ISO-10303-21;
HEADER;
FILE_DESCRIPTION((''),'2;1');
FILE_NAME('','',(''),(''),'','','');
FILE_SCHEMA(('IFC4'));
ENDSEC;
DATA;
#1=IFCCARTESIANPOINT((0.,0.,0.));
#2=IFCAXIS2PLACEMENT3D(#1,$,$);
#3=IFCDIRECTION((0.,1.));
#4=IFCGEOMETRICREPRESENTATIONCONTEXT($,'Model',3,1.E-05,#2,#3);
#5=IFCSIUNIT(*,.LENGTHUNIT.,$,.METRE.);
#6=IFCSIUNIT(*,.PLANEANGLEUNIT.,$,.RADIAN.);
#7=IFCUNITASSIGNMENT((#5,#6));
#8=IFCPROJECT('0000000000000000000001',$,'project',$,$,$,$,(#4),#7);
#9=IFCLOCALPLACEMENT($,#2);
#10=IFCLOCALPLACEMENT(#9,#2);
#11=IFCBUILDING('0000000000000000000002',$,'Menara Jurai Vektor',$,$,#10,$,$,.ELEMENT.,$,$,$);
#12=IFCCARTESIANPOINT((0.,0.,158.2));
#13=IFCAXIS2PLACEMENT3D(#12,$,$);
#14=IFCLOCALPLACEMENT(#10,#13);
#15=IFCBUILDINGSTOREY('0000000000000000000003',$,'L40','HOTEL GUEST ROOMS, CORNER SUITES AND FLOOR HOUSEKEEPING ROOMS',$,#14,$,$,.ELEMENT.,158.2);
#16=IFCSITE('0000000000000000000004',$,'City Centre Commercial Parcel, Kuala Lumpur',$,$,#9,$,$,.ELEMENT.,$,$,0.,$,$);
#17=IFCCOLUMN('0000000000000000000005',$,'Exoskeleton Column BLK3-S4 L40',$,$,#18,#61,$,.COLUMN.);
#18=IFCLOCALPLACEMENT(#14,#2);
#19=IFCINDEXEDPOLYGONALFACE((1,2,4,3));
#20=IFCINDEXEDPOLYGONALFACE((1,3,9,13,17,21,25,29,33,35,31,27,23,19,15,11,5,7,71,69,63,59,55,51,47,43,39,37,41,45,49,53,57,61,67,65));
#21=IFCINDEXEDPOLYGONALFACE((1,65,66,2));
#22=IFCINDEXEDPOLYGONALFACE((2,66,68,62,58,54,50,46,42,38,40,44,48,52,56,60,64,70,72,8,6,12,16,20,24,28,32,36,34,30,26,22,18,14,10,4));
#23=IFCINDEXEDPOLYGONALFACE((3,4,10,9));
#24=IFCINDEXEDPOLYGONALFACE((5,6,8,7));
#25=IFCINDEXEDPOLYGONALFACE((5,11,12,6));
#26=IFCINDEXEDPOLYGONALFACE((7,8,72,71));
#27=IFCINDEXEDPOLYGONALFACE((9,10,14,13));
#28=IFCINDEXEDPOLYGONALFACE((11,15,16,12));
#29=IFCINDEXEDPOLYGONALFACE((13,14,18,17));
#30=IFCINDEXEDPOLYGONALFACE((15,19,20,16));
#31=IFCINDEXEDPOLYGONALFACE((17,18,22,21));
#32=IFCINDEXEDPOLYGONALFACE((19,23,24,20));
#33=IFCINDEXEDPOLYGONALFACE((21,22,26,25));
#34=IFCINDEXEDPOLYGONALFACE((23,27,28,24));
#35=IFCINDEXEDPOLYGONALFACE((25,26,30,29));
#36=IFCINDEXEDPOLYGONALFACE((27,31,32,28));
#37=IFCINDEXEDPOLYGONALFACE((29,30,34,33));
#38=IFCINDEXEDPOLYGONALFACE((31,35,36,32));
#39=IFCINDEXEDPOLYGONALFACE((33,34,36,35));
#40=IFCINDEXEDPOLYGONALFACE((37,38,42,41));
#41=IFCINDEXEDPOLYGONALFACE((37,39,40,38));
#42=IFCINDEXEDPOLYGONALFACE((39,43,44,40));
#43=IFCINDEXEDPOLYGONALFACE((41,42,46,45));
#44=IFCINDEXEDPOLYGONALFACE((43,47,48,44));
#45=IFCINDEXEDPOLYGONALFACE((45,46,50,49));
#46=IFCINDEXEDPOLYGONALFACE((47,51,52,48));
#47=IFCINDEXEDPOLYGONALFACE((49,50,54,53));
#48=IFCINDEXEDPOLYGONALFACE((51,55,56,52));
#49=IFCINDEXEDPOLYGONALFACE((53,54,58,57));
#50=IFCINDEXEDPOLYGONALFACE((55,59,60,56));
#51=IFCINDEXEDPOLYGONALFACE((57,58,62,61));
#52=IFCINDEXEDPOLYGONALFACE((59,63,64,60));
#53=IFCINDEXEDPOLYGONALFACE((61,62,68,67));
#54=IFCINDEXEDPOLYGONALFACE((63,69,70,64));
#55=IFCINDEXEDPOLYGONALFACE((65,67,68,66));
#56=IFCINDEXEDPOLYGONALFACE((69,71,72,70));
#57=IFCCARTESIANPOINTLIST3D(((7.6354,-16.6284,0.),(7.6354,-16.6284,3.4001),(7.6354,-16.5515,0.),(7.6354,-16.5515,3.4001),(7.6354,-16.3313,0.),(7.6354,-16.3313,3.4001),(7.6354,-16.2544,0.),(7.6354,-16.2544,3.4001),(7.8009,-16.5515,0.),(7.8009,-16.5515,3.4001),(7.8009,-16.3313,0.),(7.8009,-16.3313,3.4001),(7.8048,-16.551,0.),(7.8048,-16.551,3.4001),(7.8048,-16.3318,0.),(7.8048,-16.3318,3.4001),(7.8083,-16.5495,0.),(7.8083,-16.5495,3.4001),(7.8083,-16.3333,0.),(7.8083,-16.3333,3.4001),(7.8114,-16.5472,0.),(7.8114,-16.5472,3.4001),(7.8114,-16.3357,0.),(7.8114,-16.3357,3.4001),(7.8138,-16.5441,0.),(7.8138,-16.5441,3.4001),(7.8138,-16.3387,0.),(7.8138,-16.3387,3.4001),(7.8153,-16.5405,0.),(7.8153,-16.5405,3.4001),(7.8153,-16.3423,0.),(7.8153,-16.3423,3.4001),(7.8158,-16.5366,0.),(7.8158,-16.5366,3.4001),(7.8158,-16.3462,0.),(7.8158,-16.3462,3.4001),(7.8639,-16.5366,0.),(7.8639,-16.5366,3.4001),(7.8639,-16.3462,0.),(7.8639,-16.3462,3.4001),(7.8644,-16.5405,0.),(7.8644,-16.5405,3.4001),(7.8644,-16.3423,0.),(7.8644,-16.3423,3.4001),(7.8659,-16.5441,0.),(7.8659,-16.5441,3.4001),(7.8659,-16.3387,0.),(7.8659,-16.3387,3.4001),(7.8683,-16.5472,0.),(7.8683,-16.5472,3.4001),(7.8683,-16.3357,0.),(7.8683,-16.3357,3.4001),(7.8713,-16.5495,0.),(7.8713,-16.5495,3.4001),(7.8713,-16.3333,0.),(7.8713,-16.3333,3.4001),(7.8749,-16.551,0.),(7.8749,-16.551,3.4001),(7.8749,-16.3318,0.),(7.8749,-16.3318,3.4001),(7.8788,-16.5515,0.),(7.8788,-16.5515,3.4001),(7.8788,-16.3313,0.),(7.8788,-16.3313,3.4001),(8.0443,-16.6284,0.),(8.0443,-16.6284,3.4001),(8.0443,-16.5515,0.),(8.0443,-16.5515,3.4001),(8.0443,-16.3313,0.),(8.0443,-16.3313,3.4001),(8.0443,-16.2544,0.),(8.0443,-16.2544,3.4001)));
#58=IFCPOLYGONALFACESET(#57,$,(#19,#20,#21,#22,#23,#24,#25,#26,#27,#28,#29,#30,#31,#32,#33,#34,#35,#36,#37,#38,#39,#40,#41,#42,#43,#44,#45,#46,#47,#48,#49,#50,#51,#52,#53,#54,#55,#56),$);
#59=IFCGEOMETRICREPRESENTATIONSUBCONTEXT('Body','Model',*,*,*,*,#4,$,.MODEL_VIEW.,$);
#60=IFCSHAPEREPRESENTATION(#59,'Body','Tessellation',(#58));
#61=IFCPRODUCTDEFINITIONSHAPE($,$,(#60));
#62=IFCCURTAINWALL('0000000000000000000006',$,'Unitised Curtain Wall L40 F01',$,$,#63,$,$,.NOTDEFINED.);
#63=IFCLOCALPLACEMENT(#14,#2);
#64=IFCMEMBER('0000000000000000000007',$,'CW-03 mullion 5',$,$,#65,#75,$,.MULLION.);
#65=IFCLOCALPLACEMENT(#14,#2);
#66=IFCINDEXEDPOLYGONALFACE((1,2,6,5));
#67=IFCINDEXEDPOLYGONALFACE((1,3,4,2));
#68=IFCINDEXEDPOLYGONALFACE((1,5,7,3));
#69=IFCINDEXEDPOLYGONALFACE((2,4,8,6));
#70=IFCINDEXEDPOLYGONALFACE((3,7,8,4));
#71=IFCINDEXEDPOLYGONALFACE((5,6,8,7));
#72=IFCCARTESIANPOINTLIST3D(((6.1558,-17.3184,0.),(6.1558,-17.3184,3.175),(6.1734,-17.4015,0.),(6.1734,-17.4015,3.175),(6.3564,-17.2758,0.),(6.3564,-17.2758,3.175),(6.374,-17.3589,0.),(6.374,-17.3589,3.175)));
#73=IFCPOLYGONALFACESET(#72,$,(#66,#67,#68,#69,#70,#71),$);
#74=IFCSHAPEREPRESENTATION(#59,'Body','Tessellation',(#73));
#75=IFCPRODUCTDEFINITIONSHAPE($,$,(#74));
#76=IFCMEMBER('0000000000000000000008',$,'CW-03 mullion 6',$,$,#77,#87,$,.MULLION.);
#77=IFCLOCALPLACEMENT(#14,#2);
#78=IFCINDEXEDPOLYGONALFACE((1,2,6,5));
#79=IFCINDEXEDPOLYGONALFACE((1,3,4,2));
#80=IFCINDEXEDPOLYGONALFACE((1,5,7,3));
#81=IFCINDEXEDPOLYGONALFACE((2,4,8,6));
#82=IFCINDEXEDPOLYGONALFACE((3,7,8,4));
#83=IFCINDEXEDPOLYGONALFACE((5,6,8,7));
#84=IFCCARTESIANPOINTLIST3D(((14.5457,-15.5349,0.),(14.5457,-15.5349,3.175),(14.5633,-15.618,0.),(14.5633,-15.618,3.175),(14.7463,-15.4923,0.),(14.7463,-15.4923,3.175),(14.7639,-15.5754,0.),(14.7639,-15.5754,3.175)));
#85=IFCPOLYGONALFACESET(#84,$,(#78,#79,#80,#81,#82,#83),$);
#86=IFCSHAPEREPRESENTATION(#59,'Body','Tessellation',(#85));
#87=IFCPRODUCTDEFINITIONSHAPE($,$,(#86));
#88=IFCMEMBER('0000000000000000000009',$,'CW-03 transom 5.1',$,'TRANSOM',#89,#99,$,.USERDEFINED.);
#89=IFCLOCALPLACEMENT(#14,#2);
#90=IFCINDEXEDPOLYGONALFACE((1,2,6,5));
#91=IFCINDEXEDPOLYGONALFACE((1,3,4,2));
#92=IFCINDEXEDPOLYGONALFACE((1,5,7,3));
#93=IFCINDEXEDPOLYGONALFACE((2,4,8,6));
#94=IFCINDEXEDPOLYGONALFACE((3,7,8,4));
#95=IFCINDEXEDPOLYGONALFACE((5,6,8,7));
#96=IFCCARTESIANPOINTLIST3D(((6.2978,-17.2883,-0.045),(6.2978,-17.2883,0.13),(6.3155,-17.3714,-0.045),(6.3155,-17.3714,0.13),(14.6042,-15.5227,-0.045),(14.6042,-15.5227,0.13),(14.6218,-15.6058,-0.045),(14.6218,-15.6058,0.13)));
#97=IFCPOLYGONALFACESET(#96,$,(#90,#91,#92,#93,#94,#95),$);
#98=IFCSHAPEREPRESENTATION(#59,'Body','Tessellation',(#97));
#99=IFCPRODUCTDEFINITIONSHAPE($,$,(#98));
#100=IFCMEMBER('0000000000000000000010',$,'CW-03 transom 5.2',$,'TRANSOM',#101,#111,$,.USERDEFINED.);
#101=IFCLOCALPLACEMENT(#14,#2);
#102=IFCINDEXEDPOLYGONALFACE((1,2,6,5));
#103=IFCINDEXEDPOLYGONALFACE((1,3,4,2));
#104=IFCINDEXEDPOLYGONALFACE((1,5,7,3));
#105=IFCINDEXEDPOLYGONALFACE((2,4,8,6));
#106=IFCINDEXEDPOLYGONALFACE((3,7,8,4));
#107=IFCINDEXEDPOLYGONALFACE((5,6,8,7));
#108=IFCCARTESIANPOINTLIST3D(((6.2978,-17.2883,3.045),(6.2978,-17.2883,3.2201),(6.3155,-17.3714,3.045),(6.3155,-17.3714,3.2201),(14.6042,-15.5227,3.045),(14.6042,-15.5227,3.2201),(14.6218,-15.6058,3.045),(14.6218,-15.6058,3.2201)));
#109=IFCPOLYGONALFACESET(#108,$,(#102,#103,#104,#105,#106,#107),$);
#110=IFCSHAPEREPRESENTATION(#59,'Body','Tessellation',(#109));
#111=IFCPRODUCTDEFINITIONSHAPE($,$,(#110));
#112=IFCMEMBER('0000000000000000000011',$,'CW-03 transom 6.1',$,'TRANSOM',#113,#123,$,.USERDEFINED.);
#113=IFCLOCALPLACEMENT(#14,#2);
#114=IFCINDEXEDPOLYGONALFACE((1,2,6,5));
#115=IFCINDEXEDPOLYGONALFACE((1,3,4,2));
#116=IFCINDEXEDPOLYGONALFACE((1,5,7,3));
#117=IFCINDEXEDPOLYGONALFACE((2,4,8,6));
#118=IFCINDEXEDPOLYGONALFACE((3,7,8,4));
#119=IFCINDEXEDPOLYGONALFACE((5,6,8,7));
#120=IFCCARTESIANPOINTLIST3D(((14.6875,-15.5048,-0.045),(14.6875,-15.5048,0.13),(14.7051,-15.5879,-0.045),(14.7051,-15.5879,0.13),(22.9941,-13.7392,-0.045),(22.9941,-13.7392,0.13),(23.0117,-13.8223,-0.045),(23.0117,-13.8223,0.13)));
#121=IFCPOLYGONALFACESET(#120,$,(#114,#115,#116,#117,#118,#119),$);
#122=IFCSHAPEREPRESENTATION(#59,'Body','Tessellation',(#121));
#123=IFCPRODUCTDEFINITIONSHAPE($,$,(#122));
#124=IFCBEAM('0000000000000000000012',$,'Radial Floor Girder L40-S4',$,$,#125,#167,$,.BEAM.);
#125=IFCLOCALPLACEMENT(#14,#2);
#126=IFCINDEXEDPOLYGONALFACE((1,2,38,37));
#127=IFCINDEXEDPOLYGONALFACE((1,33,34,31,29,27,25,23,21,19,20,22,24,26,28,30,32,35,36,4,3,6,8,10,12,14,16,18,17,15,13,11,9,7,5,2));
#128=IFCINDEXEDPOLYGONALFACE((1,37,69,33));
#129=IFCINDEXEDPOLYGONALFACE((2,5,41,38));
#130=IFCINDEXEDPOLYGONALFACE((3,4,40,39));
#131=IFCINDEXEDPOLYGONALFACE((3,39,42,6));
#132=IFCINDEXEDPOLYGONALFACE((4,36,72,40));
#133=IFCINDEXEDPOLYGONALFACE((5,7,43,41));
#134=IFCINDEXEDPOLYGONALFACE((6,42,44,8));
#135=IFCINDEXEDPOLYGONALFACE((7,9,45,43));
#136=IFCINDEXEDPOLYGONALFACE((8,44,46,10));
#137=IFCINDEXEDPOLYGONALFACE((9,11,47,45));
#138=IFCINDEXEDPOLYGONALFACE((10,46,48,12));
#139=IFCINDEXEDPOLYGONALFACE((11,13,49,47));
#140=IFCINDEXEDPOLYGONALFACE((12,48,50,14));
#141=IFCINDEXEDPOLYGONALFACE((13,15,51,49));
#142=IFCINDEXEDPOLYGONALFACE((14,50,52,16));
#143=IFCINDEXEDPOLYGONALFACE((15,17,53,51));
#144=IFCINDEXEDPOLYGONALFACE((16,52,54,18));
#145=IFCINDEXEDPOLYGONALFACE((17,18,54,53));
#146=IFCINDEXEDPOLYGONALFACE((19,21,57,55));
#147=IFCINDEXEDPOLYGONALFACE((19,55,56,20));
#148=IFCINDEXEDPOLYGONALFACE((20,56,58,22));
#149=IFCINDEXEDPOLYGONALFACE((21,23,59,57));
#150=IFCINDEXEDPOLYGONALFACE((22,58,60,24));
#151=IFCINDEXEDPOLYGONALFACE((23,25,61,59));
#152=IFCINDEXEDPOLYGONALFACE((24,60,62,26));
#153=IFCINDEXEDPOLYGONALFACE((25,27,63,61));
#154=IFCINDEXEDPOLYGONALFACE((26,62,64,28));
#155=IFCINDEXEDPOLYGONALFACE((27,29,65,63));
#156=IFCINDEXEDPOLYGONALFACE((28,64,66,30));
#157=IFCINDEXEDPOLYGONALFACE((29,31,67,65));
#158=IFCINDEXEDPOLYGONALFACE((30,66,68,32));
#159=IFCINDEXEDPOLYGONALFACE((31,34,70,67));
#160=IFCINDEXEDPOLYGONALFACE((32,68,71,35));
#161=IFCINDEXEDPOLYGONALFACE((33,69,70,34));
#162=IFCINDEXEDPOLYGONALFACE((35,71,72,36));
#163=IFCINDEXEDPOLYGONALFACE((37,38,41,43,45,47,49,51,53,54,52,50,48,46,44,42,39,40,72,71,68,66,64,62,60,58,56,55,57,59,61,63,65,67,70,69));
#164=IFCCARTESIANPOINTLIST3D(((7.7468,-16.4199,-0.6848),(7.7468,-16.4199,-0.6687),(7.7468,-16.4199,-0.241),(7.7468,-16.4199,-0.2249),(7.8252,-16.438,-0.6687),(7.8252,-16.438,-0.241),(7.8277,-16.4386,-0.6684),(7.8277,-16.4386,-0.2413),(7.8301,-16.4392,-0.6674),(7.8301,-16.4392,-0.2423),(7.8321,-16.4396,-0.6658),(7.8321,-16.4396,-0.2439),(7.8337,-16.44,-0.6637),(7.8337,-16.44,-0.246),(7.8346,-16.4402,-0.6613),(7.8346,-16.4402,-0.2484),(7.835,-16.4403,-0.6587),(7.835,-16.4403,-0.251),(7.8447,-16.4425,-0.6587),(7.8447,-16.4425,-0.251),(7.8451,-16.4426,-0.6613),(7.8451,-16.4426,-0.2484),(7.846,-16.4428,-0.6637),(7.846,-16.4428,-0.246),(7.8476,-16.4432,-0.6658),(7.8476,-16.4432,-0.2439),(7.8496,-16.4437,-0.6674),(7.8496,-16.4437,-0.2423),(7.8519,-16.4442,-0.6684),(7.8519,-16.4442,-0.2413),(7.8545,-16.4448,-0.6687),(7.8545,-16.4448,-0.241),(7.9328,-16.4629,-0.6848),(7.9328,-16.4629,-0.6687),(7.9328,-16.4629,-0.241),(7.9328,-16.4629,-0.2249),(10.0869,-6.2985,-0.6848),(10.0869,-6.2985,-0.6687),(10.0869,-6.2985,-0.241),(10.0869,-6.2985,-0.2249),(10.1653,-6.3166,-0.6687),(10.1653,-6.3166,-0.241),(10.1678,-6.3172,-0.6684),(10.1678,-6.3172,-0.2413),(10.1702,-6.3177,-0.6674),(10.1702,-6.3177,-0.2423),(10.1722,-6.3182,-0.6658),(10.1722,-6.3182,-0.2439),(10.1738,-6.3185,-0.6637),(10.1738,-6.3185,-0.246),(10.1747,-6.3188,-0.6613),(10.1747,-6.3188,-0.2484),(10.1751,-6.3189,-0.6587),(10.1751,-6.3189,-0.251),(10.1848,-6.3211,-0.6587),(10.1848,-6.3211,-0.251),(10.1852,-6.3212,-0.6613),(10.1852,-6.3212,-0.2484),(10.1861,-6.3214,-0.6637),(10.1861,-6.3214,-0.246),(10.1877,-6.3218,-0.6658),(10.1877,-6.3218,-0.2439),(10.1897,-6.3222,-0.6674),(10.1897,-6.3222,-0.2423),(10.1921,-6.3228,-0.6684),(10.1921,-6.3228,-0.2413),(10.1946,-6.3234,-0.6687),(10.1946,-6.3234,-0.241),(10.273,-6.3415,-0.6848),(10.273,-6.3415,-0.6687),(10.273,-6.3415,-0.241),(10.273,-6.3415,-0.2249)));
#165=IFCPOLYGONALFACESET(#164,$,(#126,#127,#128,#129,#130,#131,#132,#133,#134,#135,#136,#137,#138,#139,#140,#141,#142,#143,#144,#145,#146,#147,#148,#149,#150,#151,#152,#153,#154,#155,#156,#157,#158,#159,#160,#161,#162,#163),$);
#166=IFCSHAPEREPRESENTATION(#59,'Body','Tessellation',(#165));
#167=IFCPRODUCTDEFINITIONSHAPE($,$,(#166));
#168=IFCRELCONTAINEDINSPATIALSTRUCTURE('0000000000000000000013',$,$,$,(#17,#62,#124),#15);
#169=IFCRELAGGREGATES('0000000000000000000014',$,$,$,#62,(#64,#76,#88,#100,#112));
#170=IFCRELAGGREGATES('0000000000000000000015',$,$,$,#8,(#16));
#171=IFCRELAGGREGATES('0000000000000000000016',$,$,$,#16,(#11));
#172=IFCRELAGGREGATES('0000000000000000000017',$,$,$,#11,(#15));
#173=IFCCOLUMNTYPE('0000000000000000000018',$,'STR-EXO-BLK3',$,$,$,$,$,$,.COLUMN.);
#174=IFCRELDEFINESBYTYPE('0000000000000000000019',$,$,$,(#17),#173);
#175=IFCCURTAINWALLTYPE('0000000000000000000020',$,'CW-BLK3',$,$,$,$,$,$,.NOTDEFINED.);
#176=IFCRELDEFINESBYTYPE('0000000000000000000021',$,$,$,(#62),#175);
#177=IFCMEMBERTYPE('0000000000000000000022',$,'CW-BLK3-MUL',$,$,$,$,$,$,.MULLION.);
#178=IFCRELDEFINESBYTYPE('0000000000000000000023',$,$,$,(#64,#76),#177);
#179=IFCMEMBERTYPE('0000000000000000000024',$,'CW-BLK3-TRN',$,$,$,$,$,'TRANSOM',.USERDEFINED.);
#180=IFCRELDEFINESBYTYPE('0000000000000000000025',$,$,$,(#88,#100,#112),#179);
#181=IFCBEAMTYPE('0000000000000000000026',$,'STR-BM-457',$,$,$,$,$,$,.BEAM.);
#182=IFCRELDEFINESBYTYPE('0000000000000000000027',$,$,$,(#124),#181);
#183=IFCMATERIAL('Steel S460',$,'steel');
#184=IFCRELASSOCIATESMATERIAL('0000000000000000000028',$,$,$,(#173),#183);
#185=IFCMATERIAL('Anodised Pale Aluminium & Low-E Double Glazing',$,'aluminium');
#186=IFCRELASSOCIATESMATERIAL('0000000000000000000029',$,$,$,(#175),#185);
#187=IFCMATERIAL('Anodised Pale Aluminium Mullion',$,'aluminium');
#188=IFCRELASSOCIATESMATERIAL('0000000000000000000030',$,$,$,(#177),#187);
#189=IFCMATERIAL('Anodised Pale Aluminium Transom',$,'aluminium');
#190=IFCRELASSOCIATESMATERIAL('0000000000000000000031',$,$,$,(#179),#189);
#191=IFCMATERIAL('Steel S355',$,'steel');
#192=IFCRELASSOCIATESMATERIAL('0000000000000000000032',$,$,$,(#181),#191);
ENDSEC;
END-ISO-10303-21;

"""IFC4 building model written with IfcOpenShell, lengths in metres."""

from ifc_helpers import new_model, si_unit, direction, frame, origin, origin_2d, place, context, subcontext, project, spatial, rectangle, i_section, extrude, material, material_profile, profile_set, type_object, element, aggregate, save


model = new_model("IFC4")

# Units and contexts
model_context = context("Model", 3, precision=1e-05, world=origin(), true_north=direction((0.0, 1.0)))
body_context = subcontext(model_context, "Body", "Model", "MODEL_VIEW")
ifc_project = project(units=[si_unit("LENGTHUNIT", "METRE"), si_unit("PLANEANGLEUNIT", "RADIAN")], contexts=[model_context])

# Site, building, storey
site_placement = place(None, origin())
site = spatial("IfcSite", under=ifc_project, at=site_placement, Name="City Centre Commercial Parcel, Kuala Lumpur", CompositionType="ELEMENT", RefElevation=0.0)
building_placement = place(site_placement, origin())
building = spatial("IfcBuilding", under=site, at=building_placement, Name="Menara Jurai Vektor", CompositionType="ELEMENT")
storey_placement = place(building_placement, frame((0.0, 0.0, 158.2)))
storey = spatial("IfcBuildingStorey", under=building, at=storey_placement, Name="L40", Description="HOTEL GUEST ROOMS, CORNER SUITES AND FLOOR HOUSEKEEPING ROOMS", CompositionType="ELEMENT", Elevation=158.2)

# Column
ifc_material_1 = material(Name="Steel S460", Category="steel")
ifc_material_profile_1 = material_profile(ifc_material_1, i_section(OverallWidth=0.4089, OverallDepth=0.374, WebThickness=0.0481, FlangeThickness=0.0769, FilletRadius=0.0149, at=origin_2d()), Name="HD 400x634")
ifc_profile_set_1 = profile_set([ifc_material_profile_1], Name="Steel S460")
column_type = type_object("IfcColumnType", Name="STR-EXO-BLK3", PredefinedType="COLUMN", material=ifc_profile_set_1)
column_placement = place(storey_placement, frame((7.8398, -16.4414, 0.0), z_axis=(0.0, 0.0, 1.0), x_axis=(1.0, 0.0, 0.0)))
element("IfcColumn", 1, at=column_placement, inside=storey, type_object=column_type, Name="Exoskeleton Column BLK3-S4 L40", PredefinedType="COLUMN", context=body_context, shape_type="SweptSolid", body=[
    extrude(i_section(OverallWidth=0.4089, OverallDepth=0.374, WebThickness=0.0481, FlangeThickness=0.0769, FilletRadius=0.0149, at=origin_2d()), origin(), (0.0, 0.0, 1.0), 3.4001),
])

# Curtain wall, members
ifc_material_2 = material(Name="Anodised Pale Aluminium & Low-E Double Glazing", Category="aluminium")
curtain_wall_type = type_object("IfcCurtainWallType", Name="CW-BLK3", PredefinedType="NOTDEFINED", material=ifc_material_2)
curtain_wall_placement = place(storey_placement, origin())
curtain_wall = element("IfcCurtainWall", 2, at=curtain_wall_placement, inside=storey, type_object=curtain_wall_type, Name="Unitised Curtain Wall L40 F01", PredefinedType="NOTDEFINED")
ifc_material_3 = material(Name="Anodised Pale Aluminium Mullion", Category="aluminium")
ifc_material_profile_2 = material_profile(ifc_material_3, rectangle(XDim=0.085, YDim=0.2051, at=origin_2d()), Name="ALU MUL 85x205")
ifc_profile_set_2 = profile_set([ifc_material_profile_2], Name="Anodised Pale Aluminium Mullion")
member_type_1 = type_object("IfcMemberType", Name="CW-BLK3-MUL", PredefinedType="MULLION", material=ifc_profile_set_2)
member_1_placement = place(storey_placement, frame((6.2649, -17.3386, 0.0), z_axis=(0.0, 0.0, 1.0), x_axis=(-0.207911, 0.978148, 0.0)))
member_1 = element("IfcMember", 3, at=member_1_placement, type_object=member_type_1, Name="CW-03 mullion 5", PredefinedType="MULLION", context=body_context, shape_type="SweptSolid", body=[
    extrude(rectangle(XDim=0.085, YDim=0.2051, at=origin_2d()), origin(), (0.0, 0.0, 1.0), 3.175),
])
member_2_placement = place(storey_placement, frame((14.6548, -15.5552, 0.0), z_axis=(0.0, 0.0, 1.0), x_axis=(-0.207911, 0.978148, 0.0)))
member_2 = element("IfcMember", 4, at=member_2_placement, type_object=member_type_1, Name="CW-03 mullion 6", PredefinedType="MULLION", context=body_context, shape_type="SweptSolid", body=[
    extrude(rectangle(XDim=0.085, YDim=0.2051, at=origin_2d()), origin(), (0.0, 0.0, 1.0), 3.175),
])
ifc_material_4 = material(Name="Anodised Pale Aluminium Transom", Category="aluminium")
ifc_material_profile_3 = material_profile(ifc_material_4, rectangle(XDim=0.085, YDim=0.175, at=origin_2d()), Name="ALU TRN 85x175")
ifc_profile_set_3 = profile_set([ifc_material_profile_3], Name="Anodised Pale Aluminium Transom")
member_type_2 = type_object("IfcMemberType", Name="CW-BLK3-TRN", ElementType="TRANSOM", PredefinedType="USERDEFINED", material=ifc_profile_set_3)
member_3_placement = place(storey_placement, frame((6.3066, -17.3298, 0.0425), z_axis=(0.978147, 0.207917, 0.0), x_axis=(-0.207917, 0.978147, 0.0)))
member_3 = element("IfcMember", 5, at=member_3_placement, type_object=member_type_2, Name="CW-03 transom 5.1", ObjectType="TRANSOM", PredefinedType="USERDEFINED", context=body_context, shape_type="SweptSolid", body=[
    extrude(rectangle(XDim=0.085, YDim=0.175, at=origin_2d()), origin(), (0.0, 0.0, 1.0), 8.4919),
])
member_4_placement = place(storey_placement, frame((6.3066, -17.3298, 3.1326), z_axis=(0.978147, 0.207917, 0.0), x_axis=(-0.207917, 0.978147, 0.0)))
member_4 = element("IfcMember", 6, at=member_4_placement, type_object=member_type_2, Name="CW-03 transom 5.2", ObjectType="TRANSOM", PredefinedType="USERDEFINED", context=body_context, shape_type="SweptSolid", body=[
    extrude(rectangle(XDim=0.085, YDim=0.175, at=origin_2d()), origin(), (0.0, 0.0, 1.0), 8.4919),
])
member_5_placement = place(storey_placement, frame((14.6963, -15.5464, 0.0425), z_axis=(0.978148, 0.207911, 0.0), x_axis=(-0.207911, 0.978148, 0.0)))
member_5 = element("IfcMember", 7, at=member_5_placement, type_object=member_type_2, Name="CW-03 transom 6.1", ObjectType="TRANSOM", PredefinedType="USERDEFINED", context=body_context, shape_type="SweptSolid", body=[
    extrude(rectangle(XDim=0.085, YDim=0.175, at=origin_2d()), origin(), (0.0, 0.0, 1.0), 8.4922),
])

# Beam
ifc_material_5 = material(Name="Steel S355", Category="steel")
ifc_material_profile_4 = material_profile(ifc_material_5, i_section(OverallWidth=0.1909, OverallDepth=0.46, WebThickness=0.01, FlangeThickness=0.0161, FilletRadius=0.01, at=origin_2d()), Name="UKB 457x191x82")
ifc_profile_set_4 = profile_set([ifc_material_profile_4], Name="Steel S355")
beam_type_1 = type_object("IfcBeamType", Name="STR-BM-457", PredefinedType="BEAM", material=ifc_profile_set_4)
beam_1_placement = place(storey_placement, frame((7.8398, -16.4414, -0.4548), z_axis=(0.225261, 0.974298, 0.0), x_axis=(-0.974298, 0.225261, 0.0)))
element("IfcBeam", 8, at=beam_1_placement, inside=storey, type_object=beam_type_1, Name="Radial Floor Girder L40-S4", PredefinedType="BEAM", context=body_context, shape_type="SweptSolid", body=[
    extrude(i_section(OverallWidth=0.1909, OverallDepth=0.46, WebThickness=0.01, FlangeThickness=0.0161, FilletRadius=0.01, at=origin_2d()), origin(), (0.0, 0.0, 1.0), 10.3884),
])

aggregate(curtain_wall, [member_1, member_2, member_3, member_4, member_5])

save(model, "model.ifc")
